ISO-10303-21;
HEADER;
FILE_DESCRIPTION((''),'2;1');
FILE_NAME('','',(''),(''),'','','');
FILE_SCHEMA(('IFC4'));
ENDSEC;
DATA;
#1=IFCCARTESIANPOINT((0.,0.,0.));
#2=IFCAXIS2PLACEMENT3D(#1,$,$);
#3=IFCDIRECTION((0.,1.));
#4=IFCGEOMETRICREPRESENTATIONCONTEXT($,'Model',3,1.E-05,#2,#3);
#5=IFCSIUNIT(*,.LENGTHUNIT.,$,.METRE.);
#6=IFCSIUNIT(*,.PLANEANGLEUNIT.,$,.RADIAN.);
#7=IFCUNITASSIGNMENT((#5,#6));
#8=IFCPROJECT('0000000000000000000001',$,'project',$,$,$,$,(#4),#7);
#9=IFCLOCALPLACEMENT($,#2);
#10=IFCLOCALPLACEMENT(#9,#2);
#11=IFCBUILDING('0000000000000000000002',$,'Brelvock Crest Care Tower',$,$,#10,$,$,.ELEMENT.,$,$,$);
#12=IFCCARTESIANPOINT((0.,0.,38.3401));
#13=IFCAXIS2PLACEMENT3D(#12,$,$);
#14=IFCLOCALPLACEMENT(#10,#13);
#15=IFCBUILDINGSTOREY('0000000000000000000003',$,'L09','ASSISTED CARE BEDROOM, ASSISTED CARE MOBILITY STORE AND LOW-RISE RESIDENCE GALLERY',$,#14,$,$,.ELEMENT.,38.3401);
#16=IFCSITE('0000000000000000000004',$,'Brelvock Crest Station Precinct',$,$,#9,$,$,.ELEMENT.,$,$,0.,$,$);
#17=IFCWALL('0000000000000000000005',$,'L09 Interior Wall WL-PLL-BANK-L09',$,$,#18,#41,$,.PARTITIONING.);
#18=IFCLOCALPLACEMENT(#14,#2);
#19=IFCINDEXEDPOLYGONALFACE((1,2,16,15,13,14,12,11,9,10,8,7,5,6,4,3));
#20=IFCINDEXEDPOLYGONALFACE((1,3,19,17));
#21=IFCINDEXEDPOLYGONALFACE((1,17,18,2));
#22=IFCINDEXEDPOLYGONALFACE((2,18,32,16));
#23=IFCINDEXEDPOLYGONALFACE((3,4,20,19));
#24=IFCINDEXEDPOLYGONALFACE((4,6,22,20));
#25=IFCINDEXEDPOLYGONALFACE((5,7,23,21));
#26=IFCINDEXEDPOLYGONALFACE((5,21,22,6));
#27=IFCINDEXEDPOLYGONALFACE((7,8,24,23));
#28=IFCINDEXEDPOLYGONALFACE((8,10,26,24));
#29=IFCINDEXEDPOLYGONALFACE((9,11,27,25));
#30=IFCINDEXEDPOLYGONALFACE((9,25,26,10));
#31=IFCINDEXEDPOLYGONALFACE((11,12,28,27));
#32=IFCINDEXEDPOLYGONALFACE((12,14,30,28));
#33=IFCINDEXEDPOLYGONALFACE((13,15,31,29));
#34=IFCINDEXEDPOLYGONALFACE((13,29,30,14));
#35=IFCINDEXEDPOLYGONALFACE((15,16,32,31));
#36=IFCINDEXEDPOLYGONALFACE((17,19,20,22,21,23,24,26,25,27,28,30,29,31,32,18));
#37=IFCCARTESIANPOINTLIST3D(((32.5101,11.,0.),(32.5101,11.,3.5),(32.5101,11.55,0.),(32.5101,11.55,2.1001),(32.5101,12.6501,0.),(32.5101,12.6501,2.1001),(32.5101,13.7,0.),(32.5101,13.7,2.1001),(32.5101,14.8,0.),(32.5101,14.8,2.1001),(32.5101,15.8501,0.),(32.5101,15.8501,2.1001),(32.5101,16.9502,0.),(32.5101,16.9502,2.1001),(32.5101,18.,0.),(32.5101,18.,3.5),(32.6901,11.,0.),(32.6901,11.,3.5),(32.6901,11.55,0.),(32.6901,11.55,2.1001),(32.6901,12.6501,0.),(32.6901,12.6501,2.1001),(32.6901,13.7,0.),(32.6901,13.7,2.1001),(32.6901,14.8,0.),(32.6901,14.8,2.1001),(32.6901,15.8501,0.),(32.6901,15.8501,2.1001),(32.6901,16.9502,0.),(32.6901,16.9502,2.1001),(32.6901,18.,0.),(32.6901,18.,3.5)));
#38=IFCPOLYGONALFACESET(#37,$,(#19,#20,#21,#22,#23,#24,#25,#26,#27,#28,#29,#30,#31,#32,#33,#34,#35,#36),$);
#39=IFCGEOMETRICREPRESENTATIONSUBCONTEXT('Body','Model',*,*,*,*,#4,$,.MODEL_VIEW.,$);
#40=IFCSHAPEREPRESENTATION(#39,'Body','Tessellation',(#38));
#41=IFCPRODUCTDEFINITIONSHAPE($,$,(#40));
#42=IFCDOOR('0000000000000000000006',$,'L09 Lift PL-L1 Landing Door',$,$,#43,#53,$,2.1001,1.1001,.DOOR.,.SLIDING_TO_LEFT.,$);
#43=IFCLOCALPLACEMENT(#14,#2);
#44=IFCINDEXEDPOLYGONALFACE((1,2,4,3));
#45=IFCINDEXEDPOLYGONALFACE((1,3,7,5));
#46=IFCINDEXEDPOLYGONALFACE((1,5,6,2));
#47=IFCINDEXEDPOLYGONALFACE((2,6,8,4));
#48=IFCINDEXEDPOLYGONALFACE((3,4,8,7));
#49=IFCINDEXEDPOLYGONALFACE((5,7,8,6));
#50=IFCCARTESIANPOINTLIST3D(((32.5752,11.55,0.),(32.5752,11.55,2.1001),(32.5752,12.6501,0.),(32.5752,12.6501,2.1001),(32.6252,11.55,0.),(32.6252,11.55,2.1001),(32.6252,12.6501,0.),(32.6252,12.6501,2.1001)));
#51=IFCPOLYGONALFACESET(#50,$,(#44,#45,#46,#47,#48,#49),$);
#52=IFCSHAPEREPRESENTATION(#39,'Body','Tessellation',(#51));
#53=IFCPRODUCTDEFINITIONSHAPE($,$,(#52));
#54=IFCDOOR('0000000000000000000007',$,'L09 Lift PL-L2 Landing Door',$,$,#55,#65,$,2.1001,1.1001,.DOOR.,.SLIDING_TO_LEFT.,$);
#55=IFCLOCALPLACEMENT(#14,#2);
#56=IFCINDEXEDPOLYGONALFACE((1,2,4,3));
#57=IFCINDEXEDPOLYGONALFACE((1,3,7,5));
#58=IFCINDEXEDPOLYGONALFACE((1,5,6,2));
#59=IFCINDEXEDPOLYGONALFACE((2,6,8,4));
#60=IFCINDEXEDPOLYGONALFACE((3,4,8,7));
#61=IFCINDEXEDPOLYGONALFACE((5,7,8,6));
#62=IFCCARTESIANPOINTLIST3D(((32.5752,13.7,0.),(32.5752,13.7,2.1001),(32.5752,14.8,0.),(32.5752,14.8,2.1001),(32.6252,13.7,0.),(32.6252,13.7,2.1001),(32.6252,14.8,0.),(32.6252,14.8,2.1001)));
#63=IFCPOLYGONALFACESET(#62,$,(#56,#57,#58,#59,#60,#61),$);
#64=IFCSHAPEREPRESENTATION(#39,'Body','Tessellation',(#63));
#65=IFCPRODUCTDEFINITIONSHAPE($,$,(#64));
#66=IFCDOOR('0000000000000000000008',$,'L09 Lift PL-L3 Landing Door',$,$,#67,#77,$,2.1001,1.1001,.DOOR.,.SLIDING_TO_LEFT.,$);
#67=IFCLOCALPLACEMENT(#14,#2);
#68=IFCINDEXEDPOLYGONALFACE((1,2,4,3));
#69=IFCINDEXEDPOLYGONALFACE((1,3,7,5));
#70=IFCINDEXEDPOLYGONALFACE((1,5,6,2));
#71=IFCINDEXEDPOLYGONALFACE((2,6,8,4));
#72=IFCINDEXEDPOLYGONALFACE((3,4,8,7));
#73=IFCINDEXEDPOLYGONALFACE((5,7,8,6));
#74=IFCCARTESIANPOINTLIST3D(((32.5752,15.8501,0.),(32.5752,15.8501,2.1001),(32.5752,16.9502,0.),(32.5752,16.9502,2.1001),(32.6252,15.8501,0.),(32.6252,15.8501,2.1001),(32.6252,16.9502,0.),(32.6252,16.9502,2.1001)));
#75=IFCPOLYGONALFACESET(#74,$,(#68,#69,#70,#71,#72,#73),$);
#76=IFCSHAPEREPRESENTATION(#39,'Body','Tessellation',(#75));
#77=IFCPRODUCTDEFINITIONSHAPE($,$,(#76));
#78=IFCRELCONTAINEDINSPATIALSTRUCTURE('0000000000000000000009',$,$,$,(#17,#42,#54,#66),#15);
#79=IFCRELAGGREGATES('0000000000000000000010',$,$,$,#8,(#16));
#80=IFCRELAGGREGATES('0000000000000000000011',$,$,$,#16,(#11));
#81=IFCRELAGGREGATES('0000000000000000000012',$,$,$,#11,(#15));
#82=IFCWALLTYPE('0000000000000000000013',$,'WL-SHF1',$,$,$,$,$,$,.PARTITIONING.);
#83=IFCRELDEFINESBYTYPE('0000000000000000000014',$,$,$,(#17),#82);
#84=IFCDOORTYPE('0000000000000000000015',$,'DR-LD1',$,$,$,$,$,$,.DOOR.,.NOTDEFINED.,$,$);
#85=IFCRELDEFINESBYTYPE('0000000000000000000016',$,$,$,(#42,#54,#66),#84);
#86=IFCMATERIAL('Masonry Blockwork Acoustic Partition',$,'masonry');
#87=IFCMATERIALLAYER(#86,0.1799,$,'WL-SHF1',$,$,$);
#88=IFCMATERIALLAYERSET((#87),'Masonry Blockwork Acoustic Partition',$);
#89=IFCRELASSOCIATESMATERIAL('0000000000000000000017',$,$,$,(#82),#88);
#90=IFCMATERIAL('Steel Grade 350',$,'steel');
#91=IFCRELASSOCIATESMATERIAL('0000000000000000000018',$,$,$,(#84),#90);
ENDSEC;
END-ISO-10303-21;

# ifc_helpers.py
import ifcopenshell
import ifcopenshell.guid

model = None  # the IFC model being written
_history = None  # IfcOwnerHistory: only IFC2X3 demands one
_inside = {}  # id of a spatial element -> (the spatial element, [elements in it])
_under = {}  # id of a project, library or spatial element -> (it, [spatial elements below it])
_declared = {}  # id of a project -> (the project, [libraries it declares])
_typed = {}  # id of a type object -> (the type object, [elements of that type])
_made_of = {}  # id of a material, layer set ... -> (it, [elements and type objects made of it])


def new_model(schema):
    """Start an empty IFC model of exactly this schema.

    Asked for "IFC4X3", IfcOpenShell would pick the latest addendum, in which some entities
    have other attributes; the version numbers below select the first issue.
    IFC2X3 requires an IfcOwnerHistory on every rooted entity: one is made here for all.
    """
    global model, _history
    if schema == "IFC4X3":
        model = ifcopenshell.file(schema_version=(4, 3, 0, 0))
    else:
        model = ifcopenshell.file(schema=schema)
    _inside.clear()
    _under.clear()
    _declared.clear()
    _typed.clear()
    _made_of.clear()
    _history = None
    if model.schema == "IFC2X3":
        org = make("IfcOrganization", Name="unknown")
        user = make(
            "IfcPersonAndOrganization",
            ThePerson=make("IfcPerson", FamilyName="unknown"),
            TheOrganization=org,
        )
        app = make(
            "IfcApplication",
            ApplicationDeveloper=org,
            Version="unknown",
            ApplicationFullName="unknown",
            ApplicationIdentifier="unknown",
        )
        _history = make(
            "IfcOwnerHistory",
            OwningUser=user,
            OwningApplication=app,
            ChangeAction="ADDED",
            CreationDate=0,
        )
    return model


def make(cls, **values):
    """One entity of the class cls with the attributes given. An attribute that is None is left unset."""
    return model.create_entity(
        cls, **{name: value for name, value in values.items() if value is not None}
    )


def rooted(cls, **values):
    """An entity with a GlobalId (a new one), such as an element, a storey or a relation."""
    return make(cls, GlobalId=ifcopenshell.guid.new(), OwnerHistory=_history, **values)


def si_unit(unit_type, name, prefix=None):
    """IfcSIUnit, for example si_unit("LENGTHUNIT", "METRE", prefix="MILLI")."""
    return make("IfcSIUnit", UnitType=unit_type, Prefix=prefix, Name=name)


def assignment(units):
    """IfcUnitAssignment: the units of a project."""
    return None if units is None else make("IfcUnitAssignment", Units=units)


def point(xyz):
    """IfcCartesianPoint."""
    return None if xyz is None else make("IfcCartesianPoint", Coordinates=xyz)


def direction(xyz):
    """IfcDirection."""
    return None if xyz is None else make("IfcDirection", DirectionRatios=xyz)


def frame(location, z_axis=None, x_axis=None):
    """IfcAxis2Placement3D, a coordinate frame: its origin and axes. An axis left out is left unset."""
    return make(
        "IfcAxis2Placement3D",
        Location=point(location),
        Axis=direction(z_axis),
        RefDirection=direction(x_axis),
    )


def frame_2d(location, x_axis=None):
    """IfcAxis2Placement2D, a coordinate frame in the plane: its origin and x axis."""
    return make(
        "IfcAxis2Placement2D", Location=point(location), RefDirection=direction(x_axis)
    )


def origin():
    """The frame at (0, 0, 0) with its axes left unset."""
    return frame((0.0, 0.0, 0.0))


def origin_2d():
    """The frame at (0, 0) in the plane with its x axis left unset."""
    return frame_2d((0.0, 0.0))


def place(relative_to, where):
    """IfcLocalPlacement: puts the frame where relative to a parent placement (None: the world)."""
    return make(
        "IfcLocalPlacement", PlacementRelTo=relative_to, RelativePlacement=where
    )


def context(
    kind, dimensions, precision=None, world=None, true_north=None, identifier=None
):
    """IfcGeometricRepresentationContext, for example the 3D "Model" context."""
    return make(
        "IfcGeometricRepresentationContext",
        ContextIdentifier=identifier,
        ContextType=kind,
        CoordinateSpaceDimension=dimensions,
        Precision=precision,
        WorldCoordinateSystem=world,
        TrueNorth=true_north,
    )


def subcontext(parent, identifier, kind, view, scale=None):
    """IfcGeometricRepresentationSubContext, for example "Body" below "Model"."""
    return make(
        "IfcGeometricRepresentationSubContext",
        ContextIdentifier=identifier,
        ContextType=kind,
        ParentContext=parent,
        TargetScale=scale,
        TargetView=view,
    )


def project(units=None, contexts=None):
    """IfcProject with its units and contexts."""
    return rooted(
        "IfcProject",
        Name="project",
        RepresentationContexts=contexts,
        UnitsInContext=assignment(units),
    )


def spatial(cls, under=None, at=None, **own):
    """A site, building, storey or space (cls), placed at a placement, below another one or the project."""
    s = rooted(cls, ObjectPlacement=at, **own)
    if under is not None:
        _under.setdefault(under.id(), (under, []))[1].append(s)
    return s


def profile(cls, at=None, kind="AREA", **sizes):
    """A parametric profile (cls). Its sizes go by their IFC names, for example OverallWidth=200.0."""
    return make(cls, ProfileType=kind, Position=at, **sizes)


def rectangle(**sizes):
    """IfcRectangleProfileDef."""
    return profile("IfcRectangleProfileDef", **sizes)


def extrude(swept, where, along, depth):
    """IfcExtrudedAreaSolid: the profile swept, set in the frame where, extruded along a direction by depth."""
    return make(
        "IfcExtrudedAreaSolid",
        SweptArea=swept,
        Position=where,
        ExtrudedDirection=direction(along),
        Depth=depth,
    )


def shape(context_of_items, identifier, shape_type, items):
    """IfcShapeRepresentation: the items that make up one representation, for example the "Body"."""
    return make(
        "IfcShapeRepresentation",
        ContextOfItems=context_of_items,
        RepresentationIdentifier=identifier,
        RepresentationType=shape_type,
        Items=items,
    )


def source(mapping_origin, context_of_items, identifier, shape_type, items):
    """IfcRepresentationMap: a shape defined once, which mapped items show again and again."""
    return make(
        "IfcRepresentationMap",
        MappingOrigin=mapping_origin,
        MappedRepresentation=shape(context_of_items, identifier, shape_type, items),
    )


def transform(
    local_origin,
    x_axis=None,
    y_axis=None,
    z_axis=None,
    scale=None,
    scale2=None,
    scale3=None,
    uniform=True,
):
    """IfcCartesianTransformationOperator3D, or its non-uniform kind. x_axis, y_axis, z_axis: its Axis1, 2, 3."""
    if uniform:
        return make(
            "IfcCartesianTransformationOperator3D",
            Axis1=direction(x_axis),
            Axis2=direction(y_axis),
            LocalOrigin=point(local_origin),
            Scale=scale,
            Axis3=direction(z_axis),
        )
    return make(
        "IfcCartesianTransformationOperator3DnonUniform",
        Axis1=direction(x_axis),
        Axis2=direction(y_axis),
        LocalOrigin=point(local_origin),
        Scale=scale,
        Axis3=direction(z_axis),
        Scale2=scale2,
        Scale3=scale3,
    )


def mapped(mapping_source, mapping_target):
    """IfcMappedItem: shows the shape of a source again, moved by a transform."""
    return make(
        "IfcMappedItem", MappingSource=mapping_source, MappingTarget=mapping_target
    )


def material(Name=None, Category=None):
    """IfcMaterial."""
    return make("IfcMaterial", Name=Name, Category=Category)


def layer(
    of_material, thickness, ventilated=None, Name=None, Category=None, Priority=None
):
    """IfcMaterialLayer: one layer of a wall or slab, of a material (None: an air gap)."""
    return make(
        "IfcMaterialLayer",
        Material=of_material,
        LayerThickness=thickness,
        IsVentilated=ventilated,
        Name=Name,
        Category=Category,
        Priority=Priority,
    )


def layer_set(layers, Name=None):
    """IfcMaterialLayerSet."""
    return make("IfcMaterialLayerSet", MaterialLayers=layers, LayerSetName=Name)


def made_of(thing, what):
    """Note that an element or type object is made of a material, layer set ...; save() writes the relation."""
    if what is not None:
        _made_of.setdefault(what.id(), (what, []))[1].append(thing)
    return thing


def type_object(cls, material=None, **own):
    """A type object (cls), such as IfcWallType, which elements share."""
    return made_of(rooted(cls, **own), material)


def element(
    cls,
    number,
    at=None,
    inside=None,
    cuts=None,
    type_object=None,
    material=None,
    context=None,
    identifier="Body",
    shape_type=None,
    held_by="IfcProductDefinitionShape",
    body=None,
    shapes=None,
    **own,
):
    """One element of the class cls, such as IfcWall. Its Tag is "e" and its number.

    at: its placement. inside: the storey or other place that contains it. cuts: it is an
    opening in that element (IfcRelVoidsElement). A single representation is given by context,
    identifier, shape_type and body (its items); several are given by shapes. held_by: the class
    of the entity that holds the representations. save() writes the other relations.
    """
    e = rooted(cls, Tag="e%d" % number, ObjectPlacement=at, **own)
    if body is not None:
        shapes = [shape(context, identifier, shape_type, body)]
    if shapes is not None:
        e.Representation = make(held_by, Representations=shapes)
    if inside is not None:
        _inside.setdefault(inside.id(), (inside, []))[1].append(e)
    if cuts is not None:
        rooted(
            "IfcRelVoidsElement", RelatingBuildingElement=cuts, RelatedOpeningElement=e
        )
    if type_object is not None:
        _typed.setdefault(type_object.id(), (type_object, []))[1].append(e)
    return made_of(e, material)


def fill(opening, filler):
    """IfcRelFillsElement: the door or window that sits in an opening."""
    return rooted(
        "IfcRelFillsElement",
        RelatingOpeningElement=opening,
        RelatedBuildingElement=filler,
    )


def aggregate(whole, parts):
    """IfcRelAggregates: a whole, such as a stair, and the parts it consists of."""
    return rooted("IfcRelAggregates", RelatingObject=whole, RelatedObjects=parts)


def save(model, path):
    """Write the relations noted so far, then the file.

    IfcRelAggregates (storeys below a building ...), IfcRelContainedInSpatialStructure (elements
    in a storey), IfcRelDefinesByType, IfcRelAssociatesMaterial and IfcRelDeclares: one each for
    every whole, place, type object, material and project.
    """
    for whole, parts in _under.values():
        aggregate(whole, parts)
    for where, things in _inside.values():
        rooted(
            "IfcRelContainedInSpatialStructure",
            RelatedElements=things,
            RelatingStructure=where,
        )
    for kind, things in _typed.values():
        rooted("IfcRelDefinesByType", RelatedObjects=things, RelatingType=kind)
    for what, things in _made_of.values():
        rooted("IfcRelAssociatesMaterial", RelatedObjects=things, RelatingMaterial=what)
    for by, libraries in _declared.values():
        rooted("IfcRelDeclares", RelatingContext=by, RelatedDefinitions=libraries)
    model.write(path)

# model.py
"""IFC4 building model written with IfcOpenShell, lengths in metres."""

from ifc_helpers import new_model, si_unit, direction, frame, frame_2d, origin, origin_2d, place, context, subcontext, project, spatial, rectangle, extrude, source, transform, mapped, material, layer, layer_set, type_object, element, fill, save


model = new_model("IFC4")

# Units and contexts
model_context = context("Model", 3, precision=1e-05, world=origin(), true_north=direction((0.0, 1.0)))
body_context = subcontext(model_context, "Body", "Model", "MODEL_VIEW")
ifc_project = project(units=[si_unit("LENGTHUNIT", "METRE"), si_unit("PLANEANGLEUNIT", "RADIAN")], contexts=[model_context])

# Site, building, storey
site_placement = place(None, origin())
site = spatial("IfcSite", under=ifc_project, at=site_placement, Name="Brelvock Crest Station Precinct", CompositionType="ELEMENT", RefElevation=0.0)
building_placement = place(site_placement, origin())
building = spatial("IfcBuilding", under=site, at=building_placement, Name="Brelvock Crest Care Tower", CompositionType="ELEMENT")
storey_placement = place(building_placement, frame((0.0, 0.0, 38.3401)))
storey = spatial("IfcBuildingStorey", under=building, at=storey_placement, Name="L09", Description="ASSISTED CARE BEDROOM, ASSISTED CARE MOBILITY STORE AND LOW-RISE RESIDENCE GALLERY", CompositionType="ELEMENT", Elevation=38.3401)

# Shared definitions
ifc_material_1 = material(Name="Steel Grade 350", Category="steel")

# Shared definitions
ifc_material_2 = material(Name="Masonry Blockwork Acoustic Partition", Category="masonry")

# Shared definitions
ifc_layer_1 = layer(ifc_material_2, 0.1799, Name="WL-SHF1")
ifc_layer_set_1 = layer_set([ifc_layer_1], Name="Masonry Blockwork Acoustic Partition")
wall_type_1 = type_object("IfcWallType", Name="WL-SHF1", PredefinedType="PARTITIONING", material=ifc_layer_set_1)

# Wall, openings, doors
wall_1_placement = place(storey_placement, frame((32.6001, 11.0, 0.0), z_axis=(0.0, 0.0, 1.0), x_axis=(0.0, 1.0, 0.0)))
wall_1 = element("IfcWall", 1, at=wall_1_placement, inside=storey, type_object=wall_type_1, Name="L09 Interior Wall WL-PLL-BANK-L09", PredefinedType="PARTITIONING", context=body_context, shape_type="SweptSolid", body=[
    extrude(rectangle(XDim=7.0, YDim=0.1799, at=frame_2d((3.5, 0.0))), origin(), (0.0, 0.0, 1.0), 3.5),
])
opening_1_placement = place(wall_1_placement, frame((0.55, 0.0, 0.0)))
opening_1 = element("IfcOpeningElement", 2, at=opening_1_placement, cuts=wall_1, PredefinedType="OPENING", context=body_context, shape_type="SweptSolid", body=[
    extrude(rectangle(XDim=1.1001, YDim=2.1001, at=origin_2d()), frame((0.55, 0.1001, 1.05), z_axis=(0.0, -1.0, 0.0), x_axis=(1.0, 0.0, 0.0)), (0.0, 0.0, 1.0), 0.2),
])
opening_2_placement = place(wall_1_placement, frame((2.7, 0.0, 0.0)))
opening_2 = element("IfcOpeningElement", 3, at=opening_2_placement, cuts=wall_1, PredefinedType="OPENING", context=body_context, shape_type="SweptSolid", body=[
    extrude(rectangle(XDim=1.1001, YDim=2.1001, at=origin_2d()), frame((0.55, 0.1001, 1.05), z_axis=(0.0, -1.0, 0.0), x_axis=(1.0, 0.0, 0.0)), (0.0, 0.0, 1.0), 0.2),
])
opening_3_placement = place(wall_1_placement, frame((4.8501, 0.0, 0.0)))
opening_3 = element("IfcOpeningElement", 4, at=opening_3_placement, cuts=wall_1, PredefinedType="OPENING", context=body_context, shape_type="SweptSolid", body=[
    extrude(rectangle(XDim=1.1001, YDim=2.1001, at=origin_2d()), frame((0.55, 0.1001, 1.05), z_axis=(0.0, -1.0, 0.0), x_axis=(1.0, 0.0, 0.0)), (0.0, 0.0, 1.0), 0.2),
])
door_type_1 = type_object("IfcDoorType", Name="DR-LD1", OperationType="NOTDEFINED", PredefinedType="DOOR", material=ifc_material_1)
shared_shape_1 = source(origin(), body_context, "Body", "SweptSolid", [
    extrude(rectangle(XDim=1.1001, YDim=2.1001, at=origin_2d()), frame((0.55, 0.0249, 1.05), z_axis=(0.0, -1.0, 0.0), x_axis=(1.0, 0.0, 0.0)), (0.0, 0.0, 1.0), 0.05),
])
door_1_placement = place(opening_1_placement, origin())
door_1 = element("IfcDoor", 5, at=door_1_placement, inside=storey, type_object=door_type_1, Name="L09 Lift PL-L1 Landing Door", OperationType="SLIDING_TO_LEFT", OverallHeight=2.1001, OverallWidth=1.1001, PredefinedType="DOOR", context=body_context, shape_type="MappedRepresentation", body=[
    mapped(shared_shape_1, transform((0.0, 0.0, 0.0), x_axis=(1.0, 0.0, 0.0), y_axis=(0.0, 1.0, 0.0), z_axis=(0.0, 0.0, 1.0), scale=1.0)),
])
fill(opening_1, door_1)
door_2_placement = place(opening_2_placement, origin())
door_2 = element("IfcDoor", 6, at=door_2_placement, inside=storey, type_object=door_type_1, Name="L09 Lift PL-L2 Landing Door", OperationType="SLIDING_TO_LEFT", OverallHeight=2.1001, OverallWidth=1.1001, PredefinedType="DOOR", context=body_context, shape_type="MappedRepresentation", body=[
    mapped(shared_shape_1, transform((0.0, 0.0, 0.0), x_axis=(1.0, 0.0, 0.0), y_axis=(0.0, 1.0, 0.0), z_axis=(0.0, 0.0, 1.0), scale=1.0)),
])
fill(opening_2, door_2)
door_3_placement = place(opening_3_placement, origin())
door_3 = element("IfcDoor", 7, at=door_3_placement, inside=storey, type_object=door_type_1, Name="L09 Lift PL-L3 Landing Door", OperationType="SLIDING_TO_LEFT", OverallHeight=2.1001, OverallWidth=1.1001, PredefinedType="DOOR", context=body_context, shape_type="MappedRepresentation", body=[
    mapped(shared_shape_1, transform((0.0, 0.0, 0.0), x_axis=(1.0, 0.0, 0.0), y_axis=(0.0, 1.0, 0.0), z_axis=(0.0, 0.0, 1.0), scale=1.0)),
])
fill(opening_3, door_3)

save(model, "model.ifc")
